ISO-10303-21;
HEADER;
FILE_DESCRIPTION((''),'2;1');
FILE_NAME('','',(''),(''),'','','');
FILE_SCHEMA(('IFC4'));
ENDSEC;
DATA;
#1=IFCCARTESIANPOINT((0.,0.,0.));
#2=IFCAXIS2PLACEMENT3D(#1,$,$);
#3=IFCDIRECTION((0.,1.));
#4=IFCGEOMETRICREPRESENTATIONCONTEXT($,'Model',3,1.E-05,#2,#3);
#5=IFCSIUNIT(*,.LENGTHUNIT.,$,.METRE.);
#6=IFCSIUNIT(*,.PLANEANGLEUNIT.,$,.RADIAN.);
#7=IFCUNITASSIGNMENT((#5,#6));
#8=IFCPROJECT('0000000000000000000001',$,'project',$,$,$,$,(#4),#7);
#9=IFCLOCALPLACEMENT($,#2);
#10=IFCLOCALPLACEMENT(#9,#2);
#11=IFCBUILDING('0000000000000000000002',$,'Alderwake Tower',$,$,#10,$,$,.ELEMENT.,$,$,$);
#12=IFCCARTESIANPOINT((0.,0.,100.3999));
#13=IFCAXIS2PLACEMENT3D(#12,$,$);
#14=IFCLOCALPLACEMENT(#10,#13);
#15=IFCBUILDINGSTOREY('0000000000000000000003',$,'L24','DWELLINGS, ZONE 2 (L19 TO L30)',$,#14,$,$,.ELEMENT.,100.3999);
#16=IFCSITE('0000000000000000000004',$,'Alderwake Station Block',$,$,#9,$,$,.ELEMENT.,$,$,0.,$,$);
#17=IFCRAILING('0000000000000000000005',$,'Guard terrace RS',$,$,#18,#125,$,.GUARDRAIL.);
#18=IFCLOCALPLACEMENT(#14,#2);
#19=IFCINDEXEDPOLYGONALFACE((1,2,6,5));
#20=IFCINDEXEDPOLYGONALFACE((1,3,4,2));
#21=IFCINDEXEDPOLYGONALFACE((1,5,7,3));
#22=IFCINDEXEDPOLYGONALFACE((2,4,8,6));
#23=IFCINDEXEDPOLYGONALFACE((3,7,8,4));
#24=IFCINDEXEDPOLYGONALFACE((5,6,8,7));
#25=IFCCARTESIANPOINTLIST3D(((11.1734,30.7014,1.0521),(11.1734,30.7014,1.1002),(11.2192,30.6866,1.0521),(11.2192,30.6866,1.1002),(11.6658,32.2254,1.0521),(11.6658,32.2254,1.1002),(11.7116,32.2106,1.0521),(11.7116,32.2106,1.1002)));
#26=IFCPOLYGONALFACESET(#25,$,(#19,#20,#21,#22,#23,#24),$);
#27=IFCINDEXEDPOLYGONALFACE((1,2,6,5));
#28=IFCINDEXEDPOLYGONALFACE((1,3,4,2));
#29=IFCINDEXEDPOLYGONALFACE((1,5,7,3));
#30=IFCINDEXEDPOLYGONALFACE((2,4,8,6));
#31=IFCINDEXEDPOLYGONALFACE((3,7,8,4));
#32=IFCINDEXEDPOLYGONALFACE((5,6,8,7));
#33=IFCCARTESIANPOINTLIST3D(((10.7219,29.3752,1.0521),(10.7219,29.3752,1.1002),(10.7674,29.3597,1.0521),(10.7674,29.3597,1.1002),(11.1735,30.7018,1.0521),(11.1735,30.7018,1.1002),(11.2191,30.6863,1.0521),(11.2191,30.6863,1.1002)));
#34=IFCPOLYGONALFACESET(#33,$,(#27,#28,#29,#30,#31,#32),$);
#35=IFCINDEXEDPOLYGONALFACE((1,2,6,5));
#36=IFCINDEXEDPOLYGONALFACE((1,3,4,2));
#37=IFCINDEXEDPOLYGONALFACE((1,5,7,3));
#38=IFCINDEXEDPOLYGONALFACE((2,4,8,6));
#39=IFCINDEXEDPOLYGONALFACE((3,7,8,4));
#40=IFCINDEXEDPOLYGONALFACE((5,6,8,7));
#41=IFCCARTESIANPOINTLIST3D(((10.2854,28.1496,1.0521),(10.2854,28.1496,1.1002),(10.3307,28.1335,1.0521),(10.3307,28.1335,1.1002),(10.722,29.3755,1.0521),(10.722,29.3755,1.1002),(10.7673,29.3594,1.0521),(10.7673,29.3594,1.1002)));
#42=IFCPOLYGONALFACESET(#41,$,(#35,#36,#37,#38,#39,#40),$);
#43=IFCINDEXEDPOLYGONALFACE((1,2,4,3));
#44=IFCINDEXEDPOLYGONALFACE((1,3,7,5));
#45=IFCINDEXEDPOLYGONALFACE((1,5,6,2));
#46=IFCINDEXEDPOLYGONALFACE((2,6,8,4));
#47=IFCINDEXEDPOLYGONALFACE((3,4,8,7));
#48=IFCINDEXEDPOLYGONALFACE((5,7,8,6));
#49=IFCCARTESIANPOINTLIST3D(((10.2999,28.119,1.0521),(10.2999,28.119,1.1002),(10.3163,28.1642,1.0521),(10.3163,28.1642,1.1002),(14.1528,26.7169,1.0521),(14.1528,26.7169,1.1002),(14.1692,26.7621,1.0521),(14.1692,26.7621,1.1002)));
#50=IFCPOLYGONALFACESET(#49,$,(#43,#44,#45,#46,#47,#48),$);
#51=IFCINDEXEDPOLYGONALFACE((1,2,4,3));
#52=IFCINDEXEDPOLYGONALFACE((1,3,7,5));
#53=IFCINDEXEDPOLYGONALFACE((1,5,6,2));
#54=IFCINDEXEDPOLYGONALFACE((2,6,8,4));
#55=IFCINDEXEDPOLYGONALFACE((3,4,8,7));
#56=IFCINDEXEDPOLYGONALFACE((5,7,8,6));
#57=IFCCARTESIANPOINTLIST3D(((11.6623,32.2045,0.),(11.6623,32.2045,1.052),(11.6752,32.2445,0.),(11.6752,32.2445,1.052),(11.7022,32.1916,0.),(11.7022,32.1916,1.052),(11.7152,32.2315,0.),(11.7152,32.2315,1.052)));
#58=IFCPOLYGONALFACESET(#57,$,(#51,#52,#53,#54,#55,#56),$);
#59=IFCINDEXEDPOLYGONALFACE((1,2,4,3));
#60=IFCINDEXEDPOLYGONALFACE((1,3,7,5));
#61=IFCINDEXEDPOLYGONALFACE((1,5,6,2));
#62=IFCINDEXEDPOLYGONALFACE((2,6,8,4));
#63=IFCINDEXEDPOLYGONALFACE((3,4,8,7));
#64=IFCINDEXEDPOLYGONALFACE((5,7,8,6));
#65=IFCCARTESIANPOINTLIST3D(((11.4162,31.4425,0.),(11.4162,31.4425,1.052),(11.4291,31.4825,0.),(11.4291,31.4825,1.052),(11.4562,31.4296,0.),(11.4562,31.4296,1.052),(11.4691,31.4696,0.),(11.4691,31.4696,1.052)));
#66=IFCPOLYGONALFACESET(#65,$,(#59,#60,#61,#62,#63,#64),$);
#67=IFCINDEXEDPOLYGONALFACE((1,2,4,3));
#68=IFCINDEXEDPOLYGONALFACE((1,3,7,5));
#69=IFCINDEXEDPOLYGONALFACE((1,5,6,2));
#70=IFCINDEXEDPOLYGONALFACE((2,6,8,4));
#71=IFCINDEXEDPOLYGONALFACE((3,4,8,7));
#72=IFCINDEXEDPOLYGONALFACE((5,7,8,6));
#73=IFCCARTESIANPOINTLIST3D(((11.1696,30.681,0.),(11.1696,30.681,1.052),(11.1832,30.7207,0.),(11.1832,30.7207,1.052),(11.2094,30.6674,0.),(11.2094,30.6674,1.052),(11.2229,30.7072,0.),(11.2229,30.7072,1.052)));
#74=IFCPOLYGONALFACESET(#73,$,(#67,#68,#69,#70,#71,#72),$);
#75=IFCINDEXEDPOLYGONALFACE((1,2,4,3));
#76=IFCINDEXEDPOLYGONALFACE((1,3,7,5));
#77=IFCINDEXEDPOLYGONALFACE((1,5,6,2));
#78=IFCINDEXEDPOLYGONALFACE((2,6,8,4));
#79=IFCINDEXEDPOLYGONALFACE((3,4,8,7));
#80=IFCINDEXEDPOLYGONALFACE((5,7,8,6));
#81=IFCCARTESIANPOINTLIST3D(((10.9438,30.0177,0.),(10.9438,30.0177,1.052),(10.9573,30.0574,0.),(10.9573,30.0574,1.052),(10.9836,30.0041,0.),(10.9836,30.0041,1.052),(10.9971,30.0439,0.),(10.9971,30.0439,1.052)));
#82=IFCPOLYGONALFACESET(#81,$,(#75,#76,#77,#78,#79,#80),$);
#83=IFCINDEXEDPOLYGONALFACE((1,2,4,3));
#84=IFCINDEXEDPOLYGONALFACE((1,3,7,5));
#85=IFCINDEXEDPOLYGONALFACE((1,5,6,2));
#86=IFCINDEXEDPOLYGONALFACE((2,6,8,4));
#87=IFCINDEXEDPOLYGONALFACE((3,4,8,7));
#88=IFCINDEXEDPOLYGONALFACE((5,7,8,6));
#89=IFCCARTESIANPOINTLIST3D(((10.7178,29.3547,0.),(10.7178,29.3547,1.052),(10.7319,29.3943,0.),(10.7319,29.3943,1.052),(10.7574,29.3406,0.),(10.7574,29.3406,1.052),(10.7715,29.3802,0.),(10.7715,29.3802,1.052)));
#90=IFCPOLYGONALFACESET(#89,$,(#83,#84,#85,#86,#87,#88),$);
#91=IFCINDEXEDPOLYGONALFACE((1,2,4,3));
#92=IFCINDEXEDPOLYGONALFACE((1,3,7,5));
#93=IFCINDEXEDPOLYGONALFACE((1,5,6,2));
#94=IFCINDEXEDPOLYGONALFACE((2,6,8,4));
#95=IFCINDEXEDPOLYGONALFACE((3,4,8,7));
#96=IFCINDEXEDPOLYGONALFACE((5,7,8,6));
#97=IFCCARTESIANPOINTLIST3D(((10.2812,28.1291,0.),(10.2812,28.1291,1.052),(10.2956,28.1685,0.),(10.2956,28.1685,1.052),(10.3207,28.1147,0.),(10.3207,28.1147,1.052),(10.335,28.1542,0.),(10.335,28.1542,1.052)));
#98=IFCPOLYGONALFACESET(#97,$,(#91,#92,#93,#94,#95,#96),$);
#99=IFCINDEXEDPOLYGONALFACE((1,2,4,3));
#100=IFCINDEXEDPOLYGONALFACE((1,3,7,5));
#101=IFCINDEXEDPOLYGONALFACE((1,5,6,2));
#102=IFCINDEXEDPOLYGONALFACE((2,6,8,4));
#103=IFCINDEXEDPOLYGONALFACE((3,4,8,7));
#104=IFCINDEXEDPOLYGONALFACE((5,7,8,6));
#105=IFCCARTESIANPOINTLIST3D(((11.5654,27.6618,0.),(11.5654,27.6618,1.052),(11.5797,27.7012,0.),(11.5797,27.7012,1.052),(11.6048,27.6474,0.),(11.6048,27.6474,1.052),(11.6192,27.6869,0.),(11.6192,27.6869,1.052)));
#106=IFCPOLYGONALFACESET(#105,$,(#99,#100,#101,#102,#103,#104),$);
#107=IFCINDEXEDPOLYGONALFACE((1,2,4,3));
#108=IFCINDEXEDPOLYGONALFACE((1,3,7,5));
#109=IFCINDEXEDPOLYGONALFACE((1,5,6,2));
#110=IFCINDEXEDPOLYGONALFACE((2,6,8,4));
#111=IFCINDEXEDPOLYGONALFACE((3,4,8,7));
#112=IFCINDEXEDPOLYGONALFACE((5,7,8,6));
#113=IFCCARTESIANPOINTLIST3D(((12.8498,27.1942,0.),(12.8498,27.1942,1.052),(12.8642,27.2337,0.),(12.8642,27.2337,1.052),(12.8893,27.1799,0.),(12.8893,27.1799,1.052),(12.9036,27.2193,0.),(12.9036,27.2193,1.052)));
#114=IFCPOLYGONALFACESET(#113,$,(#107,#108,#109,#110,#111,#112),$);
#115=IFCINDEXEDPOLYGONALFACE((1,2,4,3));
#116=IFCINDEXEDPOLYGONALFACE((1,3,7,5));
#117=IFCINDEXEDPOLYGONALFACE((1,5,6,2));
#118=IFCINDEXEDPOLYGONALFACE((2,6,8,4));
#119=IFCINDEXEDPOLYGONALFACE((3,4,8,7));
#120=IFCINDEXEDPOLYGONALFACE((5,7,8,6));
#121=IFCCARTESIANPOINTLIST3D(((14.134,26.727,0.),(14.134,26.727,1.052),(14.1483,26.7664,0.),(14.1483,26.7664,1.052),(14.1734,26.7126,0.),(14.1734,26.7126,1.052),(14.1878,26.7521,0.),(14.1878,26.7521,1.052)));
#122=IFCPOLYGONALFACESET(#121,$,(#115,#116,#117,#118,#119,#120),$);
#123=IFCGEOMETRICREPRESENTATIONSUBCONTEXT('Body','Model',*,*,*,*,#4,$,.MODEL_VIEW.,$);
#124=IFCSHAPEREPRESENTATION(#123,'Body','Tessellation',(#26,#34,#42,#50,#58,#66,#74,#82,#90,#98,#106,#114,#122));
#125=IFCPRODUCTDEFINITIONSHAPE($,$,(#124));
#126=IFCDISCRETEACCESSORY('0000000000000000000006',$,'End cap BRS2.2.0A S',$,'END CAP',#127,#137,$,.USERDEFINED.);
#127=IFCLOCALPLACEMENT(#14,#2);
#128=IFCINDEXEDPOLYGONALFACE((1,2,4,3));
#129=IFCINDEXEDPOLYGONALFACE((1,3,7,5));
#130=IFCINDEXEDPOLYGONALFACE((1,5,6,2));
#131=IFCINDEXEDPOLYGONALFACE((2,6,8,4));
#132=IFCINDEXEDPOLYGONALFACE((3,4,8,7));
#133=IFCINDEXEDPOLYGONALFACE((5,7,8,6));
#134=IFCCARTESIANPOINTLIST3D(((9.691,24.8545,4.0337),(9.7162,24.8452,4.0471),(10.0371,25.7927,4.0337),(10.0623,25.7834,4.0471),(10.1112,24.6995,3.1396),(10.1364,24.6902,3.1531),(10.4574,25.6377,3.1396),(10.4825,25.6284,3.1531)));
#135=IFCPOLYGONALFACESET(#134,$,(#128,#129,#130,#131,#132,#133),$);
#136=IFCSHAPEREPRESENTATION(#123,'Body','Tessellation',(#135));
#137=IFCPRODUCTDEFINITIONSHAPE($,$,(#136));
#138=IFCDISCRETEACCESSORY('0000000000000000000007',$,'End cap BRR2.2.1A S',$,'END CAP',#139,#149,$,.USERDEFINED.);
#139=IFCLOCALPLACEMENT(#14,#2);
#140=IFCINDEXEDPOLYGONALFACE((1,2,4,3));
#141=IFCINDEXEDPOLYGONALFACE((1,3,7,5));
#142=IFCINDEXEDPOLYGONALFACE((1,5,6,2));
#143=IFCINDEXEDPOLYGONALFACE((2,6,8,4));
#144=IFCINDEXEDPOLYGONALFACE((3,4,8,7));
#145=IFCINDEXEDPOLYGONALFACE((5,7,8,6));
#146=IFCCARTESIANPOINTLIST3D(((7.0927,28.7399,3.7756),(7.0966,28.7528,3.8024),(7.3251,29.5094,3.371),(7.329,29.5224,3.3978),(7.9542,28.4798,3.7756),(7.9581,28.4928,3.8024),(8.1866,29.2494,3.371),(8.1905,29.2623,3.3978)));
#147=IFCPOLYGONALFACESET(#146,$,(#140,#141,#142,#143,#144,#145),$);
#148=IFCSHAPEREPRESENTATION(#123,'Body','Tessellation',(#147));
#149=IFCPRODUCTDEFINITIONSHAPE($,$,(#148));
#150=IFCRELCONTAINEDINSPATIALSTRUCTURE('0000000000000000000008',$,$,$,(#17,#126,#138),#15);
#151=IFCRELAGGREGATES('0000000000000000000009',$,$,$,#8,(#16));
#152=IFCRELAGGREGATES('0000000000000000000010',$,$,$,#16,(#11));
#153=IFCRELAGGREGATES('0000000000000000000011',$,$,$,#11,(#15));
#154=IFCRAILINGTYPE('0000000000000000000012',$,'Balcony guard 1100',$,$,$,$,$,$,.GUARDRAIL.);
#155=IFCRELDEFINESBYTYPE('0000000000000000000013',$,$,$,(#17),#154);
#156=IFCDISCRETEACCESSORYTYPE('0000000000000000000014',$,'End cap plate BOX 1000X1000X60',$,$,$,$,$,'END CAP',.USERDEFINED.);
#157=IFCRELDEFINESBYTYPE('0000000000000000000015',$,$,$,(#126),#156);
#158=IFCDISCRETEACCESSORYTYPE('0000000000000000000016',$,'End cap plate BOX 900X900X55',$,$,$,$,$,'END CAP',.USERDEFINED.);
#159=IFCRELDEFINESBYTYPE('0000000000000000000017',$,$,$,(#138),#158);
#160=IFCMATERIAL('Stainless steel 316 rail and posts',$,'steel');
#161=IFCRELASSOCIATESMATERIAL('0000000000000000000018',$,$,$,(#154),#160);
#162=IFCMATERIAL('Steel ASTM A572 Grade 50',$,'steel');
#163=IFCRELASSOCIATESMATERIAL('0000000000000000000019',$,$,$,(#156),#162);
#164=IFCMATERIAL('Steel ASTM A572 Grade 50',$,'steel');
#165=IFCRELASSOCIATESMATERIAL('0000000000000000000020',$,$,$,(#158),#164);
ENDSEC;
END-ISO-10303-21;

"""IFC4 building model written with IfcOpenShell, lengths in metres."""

from ifc_helpers import new_model, si_unit, direction, frame, origin, origin_2d, place, context, subcontext, project, spatial, rectangle, extrude, material, material_profile, profile_set, type_object, element, save


model = new_model("IFC4")

# Units and contexts
model_context = context("Model", 3, precision=1e-05, world=origin(), true_north=direction((0.0, 1.0)))
body_context = subcontext(model_context, "Body", "Model", "MODEL_VIEW")
ifc_project = project(units=[si_unit("LENGTHUNIT", "METRE"), si_unit("PLANEANGLEUNIT", "RADIAN")], contexts=[model_context])

# Site, building, storey
site_placement = place(None, origin())
site = spatial("IfcSite", under=ifc_project, at=site_placement, Name="Alderwake Station Block", CompositionType="ELEMENT", RefElevation=0.0)
building_placement = place(site_placement, origin())
building = spatial("IfcBuilding", under=site, at=building_placement, Name="Alderwake Tower", CompositionType="ELEMENT")
storey_placement = place(building_placement, frame((0.0, 0.0, 100.3999)))
storey = spatial("IfcBuildingStorey", under=building, at=storey_placement, Name="L24", Description="DWELLINGS, ZONE 2 (L19 TO L30)", CompositionType="ELEMENT", Elevation=100.3999)

# Railing
ifc_material_1 = material(Name="Stainless steel 316 rail and posts", Category="steel")
railing_type = type_object("IfcRailingType", Name="Balcony guard 1100", PredefinedType="GUARDRAIL", material=ifc_material_1)
railing_placement = place(storey_placement, frame((11.6887, 32.218, 0.0)))
element("IfcRailing", 1, at=railing_placement, inside=storey, type_object=railing_type, Name="Guard terrace RS", PredefinedType="GUARDRAIL", context=body_context, shape_type="SweptSolid", body=[
    extrude(rectangle(XDim=0.0481, YDim=0.0481, at=origin_2d()), frame((0.0, 0.0, 1.0762), z_axis=(-0.307479, -0.951555, 0.0), x_axis=(0.951555, -0.307479, 0.0)), (0.0, 0.0, 1.0), 1.6016),
    extrude(rectangle(XDim=0.0481, YDim=0.0481, at=origin_2d()), frame((-0.4924, -1.5239, 1.0762), z_axis=(-0.322284, -0.946643, 0.0), x_axis=(0.946643, -0.322284, 0.0)), (0.0, 0.0, 1.0), 1.4014),
    extrude(rectangle(XDim=0.0481, YDim=0.0481, at=origin_2d()), frame((-0.9441, -2.8506, 1.0762), z_axis=(-0.335469, -0.942051, 0.0), x_axis=(0.942051, -0.335469, 0.0)), (0.0, 0.0, 1.0), 1.3013),
    extrude(rectangle(XDim=0.0481, YDim=0.0481, at=origin_2d()), frame((-1.3806, -4.0764, 1.0762), z_axis=(0.939708, -0.341977, 0.0), x_axis=(0.341977, 0.939708, 0.0)), (0.0, 0.0, 1.0), 4.1001),
    extrude(rectangle(XDim=0.042, YDim=0.042, at=origin_2d()), frame((0.0, 0.0, 0.0), z_axis=(0.0, 0.0, 1.0), x_axis=(-0.307479, -0.951555, 0.0)), (0.0, 0.0, 1.0), 1.052),
    extrude(rectangle(XDim=0.042, YDim=0.042, at=origin_2d()), frame((-0.2461, -0.762, 0.0), z_axis=(0.0, 0.0, 1.0), x_axis=(-0.307479, -0.951555, 0.0)), (0.0, 0.0, 1.0), 1.052),
    extrude(rectangle(XDim=0.042, YDim=0.042, at=origin_2d()), frame((-0.4924, -1.5239, 0.0), z_axis=(0.0, 0.0, 1.0), x_axis=(-0.322284, -0.946643, 0.0)), (0.0, 0.0, 1.0), 1.052),
    extrude(rectangle(XDim=0.042, YDim=0.042, at=origin_2d()), frame((-0.7183, -2.1873, 0.0), z_axis=(0.0, 0.0, 1.0), x_axis=(-0.322284, -0.946643, 0.0)), (0.0, 0.0, 1.0), 1.052),
    extrude(rectangle(XDim=0.042, YDim=0.042, at=origin_2d()), frame((-0.9441, -2.8506, 0.0), z_axis=(0.0, 0.0, 1.0), x_axis=(-0.335469, -0.942051, 0.0)), (0.0, 0.0, 1.0), 1.052),
    extrude(rectangle(XDim=0.042, YDim=0.042, at=origin_2d()), frame((-1.3806, -4.0764, 0.0), z_axis=(0.0, 0.0, 1.0), x_axis=(0.939708, -0.341977, 0.0)), (0.0, 0.0, 1.0), 1.052),
    extrude(rectangle(XDim=0.042, YDim=0.042, at=origin_2d()), frame((-0.0964, -4.5437, 0.0), z_axis=(0.0, 0.0, 1.0), x_axis=(0.939708, -0.341977, 0.0)), (0.0, 0.0, 1.0), 1.052),
    extrude(rectangle(XDim=0.042, YDim=0.042, at=origin_2d()), frame((1.188, -5.0112, 0.0), z_axis=(0.0, 0.0, 1.0), x_axis=(0.939708, -0.341977, 0.0)), (0.0, 0.0, 1.0), 1.052),
    extrude(rectangle(XDim=0.042, YDim=0.042, at=origin_2d()), frame((2.4722, -5.4785, 0.0), z_axis=(0.0, 0.0, 1.0), x_axis=(0.939708, -0.341977, 0.0)), (0.0, 0.0, 1.0), 1.052),
])

# Discrete accessories
ifc_material_2 = material(Name="Steel ASTM A572 Grade 50", Category="steel")
ifc_material_profile_1 = material_profile(ifc_material_2, rectangle(XDim=1.0, YDim=1.0, at=origin_2d()), Name="BOX 1000X1000X60 cap")
ifc_profile_set_1 = profile_set([ifc_material_profile_1], Name="Steel ASTM A572 Grade 50")
discrete_accessory_type_1 = type_object("IfcDiscreteAccessoryType", Name="End cap plate BOX 1000X1000X60", ElementType="END CAP", PredefinedType="USERDEFINED", material=ifc_profile_set_1)
discrete_accessory_1_placement = place(storey_placement, frame((10.0994, 25.2368, 3.6001), z_axis=(-0.838813, 0.309465, -0.44791), x_axis=(-0.346127, -0.938188, 0.0)))
element("IfcDiscreteAccessory", 2, at=discrete_accessory_1_placement, inside=storey, type_object=discrete_accessory_type_1, Name="End cap BRS2.2.0A S", ObjectType="END CAP", PredefinedType="USERDEFINED", context=body_context, shape_type="SweptSolid", body=[
    extrude(rectangle(XDim=1.0, YDim=1.0, at=origin_2d()), origin(), (0.0, 0.0, 1.0), 0.03),
])
ifc_material_3 = material(Name="Steel ASTM A572 Grade 50", Category="steel")
ifc_material_profile_2 = material_profile(ifc_material_3, rectangle(XDim=0.8999, YDim=0.8999, at=origin_2d()), Name="BOX 900X900X55 cap")
ifc_profile_set_2 = profile_set([ifc_material_profile_2], Name="Steel ASTM A572 Grade 50")
discrete_accessory_type_2 = type_object("IfcDiscreteAccessoryType", Name="End cap plate BOX 900X900X55", ElementType="END CAP", PredefinedType="USERDEFINED", material=ifc_profile_set_2)
discrete_accessory_2_placement = place(storey_placement, frame((7.6436, 29.0076, 3.6001), z_axis=(-0.129927, -0.430383, -0.893247), x_axis=(0.957328, -0.289005, 0.0)))
element("IfcDiscreteAccessory", 3, at=discrete_accessory_2_placement, inside=storey, type_object=discrete_accessory_type_2, Name="End cap BRR2.2.1A S", ObjectType="END CAP", PredefinedType="USERDEFINED", context=body_context, shape_type="SweptSolid", body=[
    extrude(rectangle(XDim=0.8999, YDim=0.8999, at=origin_2d()), origin(), (0.0, 0.0, 1.0), 0.03),
])

save(model, "model.ifc")
